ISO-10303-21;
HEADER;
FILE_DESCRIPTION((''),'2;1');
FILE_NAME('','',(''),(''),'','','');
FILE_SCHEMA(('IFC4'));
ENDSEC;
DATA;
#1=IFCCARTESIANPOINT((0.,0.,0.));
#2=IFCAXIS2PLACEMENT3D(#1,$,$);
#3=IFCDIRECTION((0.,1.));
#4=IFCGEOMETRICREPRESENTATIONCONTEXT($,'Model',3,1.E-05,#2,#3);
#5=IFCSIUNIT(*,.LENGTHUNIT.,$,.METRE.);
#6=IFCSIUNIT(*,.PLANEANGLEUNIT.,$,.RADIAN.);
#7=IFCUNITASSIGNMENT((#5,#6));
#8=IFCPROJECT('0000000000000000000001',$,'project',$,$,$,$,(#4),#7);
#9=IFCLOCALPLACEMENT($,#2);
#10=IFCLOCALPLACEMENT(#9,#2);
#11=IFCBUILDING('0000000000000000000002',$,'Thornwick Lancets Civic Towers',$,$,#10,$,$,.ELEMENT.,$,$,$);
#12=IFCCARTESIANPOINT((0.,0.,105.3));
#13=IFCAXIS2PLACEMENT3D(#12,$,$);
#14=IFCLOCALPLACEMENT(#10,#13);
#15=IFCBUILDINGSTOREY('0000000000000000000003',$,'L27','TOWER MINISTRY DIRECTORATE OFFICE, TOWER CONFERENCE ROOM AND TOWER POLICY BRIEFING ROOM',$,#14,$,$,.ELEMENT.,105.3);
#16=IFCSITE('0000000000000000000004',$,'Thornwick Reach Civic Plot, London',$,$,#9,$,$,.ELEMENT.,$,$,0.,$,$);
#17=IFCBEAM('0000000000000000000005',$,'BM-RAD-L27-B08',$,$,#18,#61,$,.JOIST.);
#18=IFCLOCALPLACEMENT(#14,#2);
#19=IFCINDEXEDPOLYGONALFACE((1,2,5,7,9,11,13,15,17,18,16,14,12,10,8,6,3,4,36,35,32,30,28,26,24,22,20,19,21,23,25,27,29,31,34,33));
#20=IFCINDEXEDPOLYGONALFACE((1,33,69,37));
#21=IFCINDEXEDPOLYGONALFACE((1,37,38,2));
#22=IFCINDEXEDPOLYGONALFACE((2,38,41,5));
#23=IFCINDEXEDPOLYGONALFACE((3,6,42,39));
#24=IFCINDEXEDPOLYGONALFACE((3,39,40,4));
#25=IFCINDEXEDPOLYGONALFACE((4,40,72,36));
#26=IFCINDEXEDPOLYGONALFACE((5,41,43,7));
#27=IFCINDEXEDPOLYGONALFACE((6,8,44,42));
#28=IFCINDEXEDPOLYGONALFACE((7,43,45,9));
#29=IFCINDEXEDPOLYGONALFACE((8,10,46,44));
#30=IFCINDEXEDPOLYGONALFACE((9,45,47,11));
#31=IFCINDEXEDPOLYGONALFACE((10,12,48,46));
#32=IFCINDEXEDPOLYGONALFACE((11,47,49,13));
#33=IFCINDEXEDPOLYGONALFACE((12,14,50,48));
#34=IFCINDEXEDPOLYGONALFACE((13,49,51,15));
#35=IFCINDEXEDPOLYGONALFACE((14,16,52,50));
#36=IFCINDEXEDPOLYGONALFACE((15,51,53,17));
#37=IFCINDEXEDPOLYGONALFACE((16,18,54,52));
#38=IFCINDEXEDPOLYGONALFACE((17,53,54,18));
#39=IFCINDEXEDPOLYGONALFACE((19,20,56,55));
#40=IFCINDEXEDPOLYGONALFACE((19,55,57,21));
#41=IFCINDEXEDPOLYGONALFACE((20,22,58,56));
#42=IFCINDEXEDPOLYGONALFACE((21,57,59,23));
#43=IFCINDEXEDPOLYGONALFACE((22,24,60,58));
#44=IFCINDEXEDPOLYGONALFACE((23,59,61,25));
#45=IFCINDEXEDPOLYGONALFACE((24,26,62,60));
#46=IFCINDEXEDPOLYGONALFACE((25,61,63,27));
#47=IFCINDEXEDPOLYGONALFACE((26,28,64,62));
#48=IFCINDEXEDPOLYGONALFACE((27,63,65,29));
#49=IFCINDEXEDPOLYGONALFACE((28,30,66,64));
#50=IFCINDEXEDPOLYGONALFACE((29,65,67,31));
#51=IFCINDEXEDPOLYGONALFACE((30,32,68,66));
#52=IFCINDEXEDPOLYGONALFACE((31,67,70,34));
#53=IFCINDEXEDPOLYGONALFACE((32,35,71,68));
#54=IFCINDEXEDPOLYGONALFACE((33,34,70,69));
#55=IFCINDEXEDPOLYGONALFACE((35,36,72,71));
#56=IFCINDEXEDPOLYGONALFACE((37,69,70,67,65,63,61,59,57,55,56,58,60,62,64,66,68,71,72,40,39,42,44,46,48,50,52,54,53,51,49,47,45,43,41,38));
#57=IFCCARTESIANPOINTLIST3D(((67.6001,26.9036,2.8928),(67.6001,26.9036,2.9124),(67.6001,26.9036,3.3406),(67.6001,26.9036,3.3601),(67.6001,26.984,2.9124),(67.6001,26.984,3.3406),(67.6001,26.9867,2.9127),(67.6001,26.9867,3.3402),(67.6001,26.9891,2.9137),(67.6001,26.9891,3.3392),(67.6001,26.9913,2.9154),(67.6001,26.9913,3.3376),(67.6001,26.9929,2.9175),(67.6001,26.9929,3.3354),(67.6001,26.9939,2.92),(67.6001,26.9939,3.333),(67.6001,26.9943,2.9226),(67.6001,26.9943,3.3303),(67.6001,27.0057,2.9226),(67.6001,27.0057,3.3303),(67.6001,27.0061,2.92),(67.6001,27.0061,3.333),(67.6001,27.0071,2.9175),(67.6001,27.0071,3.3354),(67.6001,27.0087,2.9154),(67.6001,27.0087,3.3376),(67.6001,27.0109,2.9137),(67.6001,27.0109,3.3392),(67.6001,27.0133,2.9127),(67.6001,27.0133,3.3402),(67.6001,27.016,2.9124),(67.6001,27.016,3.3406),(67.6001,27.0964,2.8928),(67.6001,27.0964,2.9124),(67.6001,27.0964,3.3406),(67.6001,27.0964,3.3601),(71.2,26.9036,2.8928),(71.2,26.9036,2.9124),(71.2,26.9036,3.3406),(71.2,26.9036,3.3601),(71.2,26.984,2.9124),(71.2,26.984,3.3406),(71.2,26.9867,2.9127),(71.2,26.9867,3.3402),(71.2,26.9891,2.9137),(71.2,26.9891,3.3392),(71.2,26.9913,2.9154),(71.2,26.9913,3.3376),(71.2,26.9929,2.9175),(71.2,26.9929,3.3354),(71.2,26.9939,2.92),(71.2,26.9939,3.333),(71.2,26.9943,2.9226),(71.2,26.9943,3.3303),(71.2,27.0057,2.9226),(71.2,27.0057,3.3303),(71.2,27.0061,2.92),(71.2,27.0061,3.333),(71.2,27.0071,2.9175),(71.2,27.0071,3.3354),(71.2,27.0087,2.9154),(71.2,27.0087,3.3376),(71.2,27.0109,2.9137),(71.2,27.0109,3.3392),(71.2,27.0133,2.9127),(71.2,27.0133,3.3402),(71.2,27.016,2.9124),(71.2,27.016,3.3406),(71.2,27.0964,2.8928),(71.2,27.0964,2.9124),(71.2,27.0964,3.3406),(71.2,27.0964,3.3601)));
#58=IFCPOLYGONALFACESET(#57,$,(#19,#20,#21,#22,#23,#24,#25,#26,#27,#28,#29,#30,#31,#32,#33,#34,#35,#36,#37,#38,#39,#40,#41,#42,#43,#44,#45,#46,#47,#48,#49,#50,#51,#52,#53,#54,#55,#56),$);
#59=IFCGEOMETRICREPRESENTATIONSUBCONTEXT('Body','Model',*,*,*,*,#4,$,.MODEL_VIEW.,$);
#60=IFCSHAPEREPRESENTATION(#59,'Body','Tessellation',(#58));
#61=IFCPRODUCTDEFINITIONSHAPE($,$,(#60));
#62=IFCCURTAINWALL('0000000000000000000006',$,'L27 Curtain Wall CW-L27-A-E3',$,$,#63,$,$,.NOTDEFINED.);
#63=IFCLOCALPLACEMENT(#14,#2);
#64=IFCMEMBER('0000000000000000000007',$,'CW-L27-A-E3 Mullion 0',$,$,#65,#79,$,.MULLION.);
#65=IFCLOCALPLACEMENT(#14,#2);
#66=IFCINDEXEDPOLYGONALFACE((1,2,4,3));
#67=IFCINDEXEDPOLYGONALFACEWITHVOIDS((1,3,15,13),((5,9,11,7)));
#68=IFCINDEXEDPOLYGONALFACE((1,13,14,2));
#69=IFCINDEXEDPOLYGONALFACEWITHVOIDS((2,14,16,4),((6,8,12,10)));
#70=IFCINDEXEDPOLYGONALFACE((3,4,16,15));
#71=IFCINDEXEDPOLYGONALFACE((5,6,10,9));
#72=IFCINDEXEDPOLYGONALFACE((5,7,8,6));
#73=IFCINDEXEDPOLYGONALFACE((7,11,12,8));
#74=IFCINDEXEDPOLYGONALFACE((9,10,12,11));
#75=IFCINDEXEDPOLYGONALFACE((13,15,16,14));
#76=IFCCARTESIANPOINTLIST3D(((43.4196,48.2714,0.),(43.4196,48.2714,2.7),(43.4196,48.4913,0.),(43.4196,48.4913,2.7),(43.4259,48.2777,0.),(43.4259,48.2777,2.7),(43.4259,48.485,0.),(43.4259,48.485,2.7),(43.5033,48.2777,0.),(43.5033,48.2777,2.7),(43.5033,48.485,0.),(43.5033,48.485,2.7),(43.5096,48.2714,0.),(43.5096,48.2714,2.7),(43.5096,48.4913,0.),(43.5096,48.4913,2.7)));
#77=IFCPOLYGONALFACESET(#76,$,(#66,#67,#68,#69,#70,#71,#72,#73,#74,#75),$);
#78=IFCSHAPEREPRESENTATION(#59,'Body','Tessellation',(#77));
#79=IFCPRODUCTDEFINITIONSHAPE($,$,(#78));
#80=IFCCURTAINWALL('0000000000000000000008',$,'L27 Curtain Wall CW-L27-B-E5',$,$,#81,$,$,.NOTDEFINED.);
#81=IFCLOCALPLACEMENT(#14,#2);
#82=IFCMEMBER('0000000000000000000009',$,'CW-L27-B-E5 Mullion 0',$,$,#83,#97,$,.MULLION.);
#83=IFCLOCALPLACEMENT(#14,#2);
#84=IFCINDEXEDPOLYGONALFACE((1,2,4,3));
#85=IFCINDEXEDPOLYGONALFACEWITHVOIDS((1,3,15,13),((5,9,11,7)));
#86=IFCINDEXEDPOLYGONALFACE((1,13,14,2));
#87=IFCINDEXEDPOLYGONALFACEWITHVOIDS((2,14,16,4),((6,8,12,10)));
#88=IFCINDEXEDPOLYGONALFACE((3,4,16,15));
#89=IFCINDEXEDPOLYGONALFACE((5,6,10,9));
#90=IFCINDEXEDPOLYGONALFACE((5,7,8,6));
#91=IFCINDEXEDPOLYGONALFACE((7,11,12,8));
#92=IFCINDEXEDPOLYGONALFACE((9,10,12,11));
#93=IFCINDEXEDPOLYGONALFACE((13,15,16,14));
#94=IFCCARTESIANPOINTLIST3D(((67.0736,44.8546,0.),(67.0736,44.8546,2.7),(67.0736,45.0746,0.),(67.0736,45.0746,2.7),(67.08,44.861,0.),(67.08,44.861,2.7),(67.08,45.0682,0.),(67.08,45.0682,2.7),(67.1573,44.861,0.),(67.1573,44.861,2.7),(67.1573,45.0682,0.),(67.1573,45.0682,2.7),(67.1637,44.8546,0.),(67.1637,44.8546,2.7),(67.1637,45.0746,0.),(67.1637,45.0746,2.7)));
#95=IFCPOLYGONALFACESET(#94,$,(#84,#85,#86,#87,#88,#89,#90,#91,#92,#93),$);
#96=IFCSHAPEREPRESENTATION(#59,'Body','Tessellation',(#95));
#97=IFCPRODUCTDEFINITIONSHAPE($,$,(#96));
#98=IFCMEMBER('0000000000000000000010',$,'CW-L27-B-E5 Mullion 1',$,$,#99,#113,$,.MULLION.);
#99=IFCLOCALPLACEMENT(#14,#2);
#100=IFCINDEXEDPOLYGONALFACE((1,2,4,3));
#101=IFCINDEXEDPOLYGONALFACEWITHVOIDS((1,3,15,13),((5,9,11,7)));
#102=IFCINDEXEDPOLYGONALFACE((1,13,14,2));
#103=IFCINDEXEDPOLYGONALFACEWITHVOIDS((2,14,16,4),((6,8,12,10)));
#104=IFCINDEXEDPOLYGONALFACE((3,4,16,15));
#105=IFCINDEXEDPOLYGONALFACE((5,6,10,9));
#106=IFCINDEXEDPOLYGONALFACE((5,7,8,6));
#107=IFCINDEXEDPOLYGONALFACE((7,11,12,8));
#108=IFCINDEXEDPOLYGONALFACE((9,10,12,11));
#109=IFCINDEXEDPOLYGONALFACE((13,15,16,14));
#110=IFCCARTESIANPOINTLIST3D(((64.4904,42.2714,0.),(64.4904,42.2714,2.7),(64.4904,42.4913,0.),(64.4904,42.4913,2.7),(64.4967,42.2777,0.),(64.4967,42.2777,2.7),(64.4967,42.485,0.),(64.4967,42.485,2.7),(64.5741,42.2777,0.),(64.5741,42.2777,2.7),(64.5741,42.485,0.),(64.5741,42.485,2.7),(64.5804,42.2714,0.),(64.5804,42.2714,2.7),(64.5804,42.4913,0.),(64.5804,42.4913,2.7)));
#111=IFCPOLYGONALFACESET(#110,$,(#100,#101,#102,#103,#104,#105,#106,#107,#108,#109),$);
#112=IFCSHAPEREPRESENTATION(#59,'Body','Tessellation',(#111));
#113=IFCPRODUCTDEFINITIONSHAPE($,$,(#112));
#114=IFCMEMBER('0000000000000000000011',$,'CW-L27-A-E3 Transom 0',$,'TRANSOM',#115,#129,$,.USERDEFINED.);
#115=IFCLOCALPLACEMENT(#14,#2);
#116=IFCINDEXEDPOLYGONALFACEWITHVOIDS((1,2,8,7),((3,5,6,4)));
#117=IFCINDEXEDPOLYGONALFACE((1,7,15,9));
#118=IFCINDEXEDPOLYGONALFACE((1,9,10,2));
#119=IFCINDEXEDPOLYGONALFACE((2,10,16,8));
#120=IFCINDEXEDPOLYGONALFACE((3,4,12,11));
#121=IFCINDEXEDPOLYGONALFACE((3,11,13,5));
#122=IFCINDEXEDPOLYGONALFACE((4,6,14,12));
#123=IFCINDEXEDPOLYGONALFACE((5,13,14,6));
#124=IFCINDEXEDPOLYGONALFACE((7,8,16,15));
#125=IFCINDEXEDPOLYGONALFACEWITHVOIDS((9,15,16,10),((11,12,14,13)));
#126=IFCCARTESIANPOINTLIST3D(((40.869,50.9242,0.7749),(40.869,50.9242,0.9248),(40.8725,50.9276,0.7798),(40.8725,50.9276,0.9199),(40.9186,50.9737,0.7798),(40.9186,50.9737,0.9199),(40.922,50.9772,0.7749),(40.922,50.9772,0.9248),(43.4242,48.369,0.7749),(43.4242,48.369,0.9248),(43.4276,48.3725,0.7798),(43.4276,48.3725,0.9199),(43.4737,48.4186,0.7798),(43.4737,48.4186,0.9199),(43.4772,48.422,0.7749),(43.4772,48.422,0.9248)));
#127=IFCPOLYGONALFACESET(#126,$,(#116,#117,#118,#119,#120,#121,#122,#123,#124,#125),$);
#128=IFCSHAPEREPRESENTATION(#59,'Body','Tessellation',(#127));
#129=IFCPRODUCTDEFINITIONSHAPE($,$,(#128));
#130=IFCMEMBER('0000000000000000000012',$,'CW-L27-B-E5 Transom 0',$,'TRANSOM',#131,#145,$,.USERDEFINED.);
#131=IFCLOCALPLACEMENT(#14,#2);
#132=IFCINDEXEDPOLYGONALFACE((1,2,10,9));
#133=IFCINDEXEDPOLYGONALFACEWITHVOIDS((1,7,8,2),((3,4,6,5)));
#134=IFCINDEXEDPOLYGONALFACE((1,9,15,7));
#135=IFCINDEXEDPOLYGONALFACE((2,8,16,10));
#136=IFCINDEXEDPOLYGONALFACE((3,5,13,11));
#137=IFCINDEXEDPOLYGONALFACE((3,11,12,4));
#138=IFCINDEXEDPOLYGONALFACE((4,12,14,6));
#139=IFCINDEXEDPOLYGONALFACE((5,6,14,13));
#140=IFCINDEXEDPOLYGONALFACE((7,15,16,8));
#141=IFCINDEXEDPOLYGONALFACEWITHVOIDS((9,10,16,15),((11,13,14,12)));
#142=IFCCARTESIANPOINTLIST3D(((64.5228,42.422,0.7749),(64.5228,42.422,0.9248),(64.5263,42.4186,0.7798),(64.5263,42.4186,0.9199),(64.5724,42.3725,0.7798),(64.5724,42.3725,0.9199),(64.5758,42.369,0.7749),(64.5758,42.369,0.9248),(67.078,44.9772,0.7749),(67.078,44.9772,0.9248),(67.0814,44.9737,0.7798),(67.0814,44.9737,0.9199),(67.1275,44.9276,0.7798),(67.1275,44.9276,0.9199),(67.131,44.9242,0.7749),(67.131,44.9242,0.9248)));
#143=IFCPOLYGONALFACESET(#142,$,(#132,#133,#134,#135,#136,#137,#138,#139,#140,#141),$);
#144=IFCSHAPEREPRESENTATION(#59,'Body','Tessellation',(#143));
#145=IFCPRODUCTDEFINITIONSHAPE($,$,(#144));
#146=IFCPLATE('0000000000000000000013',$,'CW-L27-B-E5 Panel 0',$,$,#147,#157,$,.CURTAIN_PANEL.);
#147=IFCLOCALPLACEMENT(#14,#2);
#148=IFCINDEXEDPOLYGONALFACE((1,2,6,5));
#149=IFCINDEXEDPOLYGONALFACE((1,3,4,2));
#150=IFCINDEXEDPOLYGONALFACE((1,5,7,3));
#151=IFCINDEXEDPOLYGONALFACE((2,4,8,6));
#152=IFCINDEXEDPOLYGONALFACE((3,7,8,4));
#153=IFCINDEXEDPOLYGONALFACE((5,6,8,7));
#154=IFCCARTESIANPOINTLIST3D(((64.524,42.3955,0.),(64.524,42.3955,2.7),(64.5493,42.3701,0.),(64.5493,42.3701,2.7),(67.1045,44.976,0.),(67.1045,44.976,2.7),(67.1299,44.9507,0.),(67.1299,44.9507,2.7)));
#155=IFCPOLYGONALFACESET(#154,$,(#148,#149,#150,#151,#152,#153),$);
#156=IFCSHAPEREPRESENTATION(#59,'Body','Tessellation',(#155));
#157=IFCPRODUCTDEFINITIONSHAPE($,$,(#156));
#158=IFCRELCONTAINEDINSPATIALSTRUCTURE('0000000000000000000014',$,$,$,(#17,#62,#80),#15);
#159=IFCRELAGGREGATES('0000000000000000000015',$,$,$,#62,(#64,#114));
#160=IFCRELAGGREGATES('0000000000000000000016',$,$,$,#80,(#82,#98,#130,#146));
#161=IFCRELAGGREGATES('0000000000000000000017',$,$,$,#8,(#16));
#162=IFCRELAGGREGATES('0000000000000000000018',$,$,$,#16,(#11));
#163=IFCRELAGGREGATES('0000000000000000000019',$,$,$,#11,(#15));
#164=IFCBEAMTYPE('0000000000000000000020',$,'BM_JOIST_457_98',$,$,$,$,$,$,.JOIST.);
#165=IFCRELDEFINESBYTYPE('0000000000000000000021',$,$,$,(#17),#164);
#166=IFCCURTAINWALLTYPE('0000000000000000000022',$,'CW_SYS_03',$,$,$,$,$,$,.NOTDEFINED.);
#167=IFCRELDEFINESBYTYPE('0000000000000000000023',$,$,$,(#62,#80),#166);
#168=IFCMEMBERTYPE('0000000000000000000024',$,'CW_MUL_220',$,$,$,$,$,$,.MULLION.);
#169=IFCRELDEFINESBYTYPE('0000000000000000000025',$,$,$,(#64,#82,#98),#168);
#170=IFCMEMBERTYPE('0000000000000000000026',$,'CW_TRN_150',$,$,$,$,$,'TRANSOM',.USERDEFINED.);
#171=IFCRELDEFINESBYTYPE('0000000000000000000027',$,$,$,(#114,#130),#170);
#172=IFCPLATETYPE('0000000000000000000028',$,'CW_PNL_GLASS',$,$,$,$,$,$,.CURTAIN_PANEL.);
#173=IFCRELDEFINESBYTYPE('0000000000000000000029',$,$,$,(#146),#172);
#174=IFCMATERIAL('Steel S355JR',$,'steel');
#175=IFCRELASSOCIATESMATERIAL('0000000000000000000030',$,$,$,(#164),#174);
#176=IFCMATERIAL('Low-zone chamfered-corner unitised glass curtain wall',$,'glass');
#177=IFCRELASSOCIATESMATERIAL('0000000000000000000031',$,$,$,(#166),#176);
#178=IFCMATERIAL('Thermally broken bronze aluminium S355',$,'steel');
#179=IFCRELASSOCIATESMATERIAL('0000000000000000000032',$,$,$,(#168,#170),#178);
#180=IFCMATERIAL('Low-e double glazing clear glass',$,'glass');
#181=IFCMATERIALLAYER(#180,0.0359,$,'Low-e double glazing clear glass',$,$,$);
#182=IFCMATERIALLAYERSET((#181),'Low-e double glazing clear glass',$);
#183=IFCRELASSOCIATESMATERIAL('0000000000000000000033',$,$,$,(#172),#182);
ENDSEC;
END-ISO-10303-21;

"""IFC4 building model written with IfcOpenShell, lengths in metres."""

from ifc_helpers import new_model, si_unit, direction, frame, origin, origin_2d, place, context, subcontext, project, spatial, rectangle, hollow_rectangle, i_section, extrude, material, layer, layer_set, material_profile, profile_set, type_object, element, aggregate, save


model = new_model("IFC4")

# Units and contexts
model_context = context("Model", 3, precision=1e-05, world=origin(), true_north=direction((0.0, 1.0)))
body_context = subcontext(model_context, "Body", "Model", "MODEL_VIEW")
ifc_project = project(units=[si_unit("LENGTHUNIT", "METRE"), si_unit("PLANEANGLEUNIT", "RADIAN")], contexts=[model_context])

# Site, building, storey
site_placement = place(None, origin())
site = spatial("IfcSite", under=ifc_project, at=site_placement, Name="Thornwick Reach Civic Plot, London", CompositionType="ELEMENT", RefElevation=0.0)
building_placement = place(site_placement, origin())
building = spatial("IfcBuilding", under=site, at=building_placement, Name="Thornwick Lancets Civic Towers", CompositionType="ELEMENT")
storey_placement = place(building_placement, frame((0.0, 0.0, 105.3)))
storey = spatial("IfcBuildingStorey", under=building, at=storey_placement, Name="L27", Description="TOWER MINISTRY DIRECTORATE OFFICE, TOWER CONFERENCE ROOM AND TOWER POLICY BRIEFING ROOM", CompositionType="ELEMENT", Elevation=105.3)

# Beam
ifc_material_1 = material(Name="Steel S355JR", Category="steel")
ifc_material_profile_1 = material_profile(ifc_material_1, i_section(OverallWidth=0.1929, OverallDepth=0.4673, WebThickness=0.0115, FlangeThickness=0.0195, FilletRadius=0.0103, at=origin_2d()), Name="UKB 457x191x98")
ifc_profile_set_1 = profile_set([ifc_material_profile_1], Name="Steel S355JR")
beam_type_1 = type_object("IfcBeamType", Name="BM_JOIST_457_98", PredefinedType="JOIST", material=ifc_profile_set_1)
beam_1_placement = place(storey_placement, frame((71.2, 27.0, 3.1265), z_axis=(-1.0, 0.0, 0.0), x_axis=(0.0, -1.0, 0.0)))
element("IfcBeam", 1, at=beam_1_placement, inside=storey, type_object=beam_type_1, Name="BM-RAD-L27-B08", PredefinedType="JOIST", context=body_context, shape_type="SweptSolid", body=[
    extrude(i_section(OverallWidth=0.1929, OverallDepth=0.4673, WebThickness=0.0115, FlangeThickness=0.0195, FilletRadius=0.0103, at=origin_2d()), origin(), (0.0, 0.0, 1.0), 3.5999),
])

# Curtain wall, member
ifc_material_2 = material(Name="Low-zone chamfered-corner unitised glass curtain wall", Category="glass")
curtain_wall_type = type_object("IfcCurtainWallType", Name="CW_SYS_03", PredefinedType="NOTDEFINED", material=ifc_material_2)
curtain_wall_1_placement = place(storey_placement, origin())
curtain_wall_1 = element("IfcCurtainWall", 2, at=curtain_wall_1_placement, inside=storey, type_object=curtain_wall_type, Name="L27 Curtain Wall CW-L27-A-E3", PredefinedType="NOTDEFINED")
ifc_material_3 = material(Name="Thermally broken bronze aluminium S355", Category="steel")
ifc_material_profile_2 = material_profile(ifc_material_3, hollow_rectangle(XDim=0.0901, YDim=0.22, WallThickness=0.0063, at=origin_2d()), Name="RHS 220x90x6.3")
ifc_profile_set_2 = profile_set([ifc_material_profile_2], Name="Thermally broken bronze aluminium S355")
member_type_1 = type_object("IfcMemberType", Name="CW_MUL_220", PredefinedType="MULLION", material=ifc_profile_set_2)
member_1_placement = place(storey_placement, frame((43.4646, 48.3813, 0.0), z_axis=(0.0, 0.0, 1.0), x_axis=(1.0, 0.0, 0.0)))
member_1 = element("IfcMember", 3, at=member_1_placement, type_object=member_type_1, Name="CW-L27-A-E3 Mullion 0", PredefinedType="MULLION", context=body_context, shape_type="SweptSolid", body=[
    extrude(hollow_rectangle(XDim=0.0901, YDim=0.22, WallThickness=0.0063, at=origin_2d()), origin(), (0.0, 0.0, 1.0), 2.7),
])

# Curtain wall, members
curtain_wall_2_placement = place(storey_placement, origin())
curtain_wall_2 = element("IfcCurtainWall", 4, at=curtain_wall_2_placement, inside=storey, type_object=curtain_wall_type, Name="L27 Curtain Wall CW-L27-B-E5", PredefinedType="NOTDEFINED")
member_2_placement = place(storey_placement, frame((67.1187, 44.9646, 0.0), z_axis=(0.0, 0.0, 1.0), x_axis=(1.0, 0.0, 0.0)))
member_2 = element("IfcMember", 5, at=member_2_placement, type_object=member_type_1, Name="CW-L27-B-E5 Mullion 0", PredefinedType="MULLION", context=body_context, shape_type="SweptSolid", body=[
    extrude(hollow_rectangle(XDim=0.0901, YDim=0.22, WallThickness=0.0063, at=origin_2d()), origin(), (0.0, 0.0, 1.0), 2.7),
])
member_3_placement = place(storey_placement, frame((64.5354, 42.3813, 0.0), z_axis=(0.0, 0.0, 1.0), x_axis=(1.0, 0.0, 0.0)))
member_3 = element("IfcMember", 6, at=member_3_placement, type_object=member_type_1, Name="CW-L27-B-E5 Mullion 1", PredefinedType="MULLION", context=body_context, shape_type="SweptSolid", body=[
    extrude(hollow_rectangle(XDim=0.0901, YDim=0.22, WallThickness=0.0063, at=origin_2d()), origin(), (0.0, 0.0, 1.0), 2.7),
])

# Members
ifc_material_profile_3 = material_profile(ifc_material_3, hollow_rectangle(XDim=0.075, YDim=0.1499, WallThickness=0.0049, at=origin_2d()), Name="RHS 150x75x5")
ifc_profile_set_3 = profile_set([ifc_material_profile_3], Name="Thermally broken bronze aluminium S355")
member_type_2 = type_object("IfcMemberType", Name="CW_TRN_150", ElementType="TRANSOM", PredefinedType="USERDEFINED", material=ifc_profile_set_3)
member_4_placement = place(storey_placement, frame((43.4507, 48.3955, 0.8499), z_axis=(-0.707107, 0.707107, 0.0), x_axis=(-0.707107, -0.707107, 0.0)))
member_4 = element("IfcMember", 7, at=member_4_placement, type_object=member_type_2, Name="CW-L27-A-E3 Transom 0", ObjectType="TRANSOM", PredefinedType="USERDEFINED", context=body_context, shape_type="SweptSolid", body=[
    extrude(hollow_rectangle(XDim=0.075, YDim=0.1499, WallThickness=0.0049, at=origin_2d()), origin(), (0.0, 0.0, 1.0), 3.6135),
])
aggregate(curtain_wall_1, [member_1, member_4])
member_5_placement = place(storey_placement, frame((67.1045, 44.9507, 0.8499), z_axis=(-0.707107, -0.707107, 0.0), x_axis=(0.707107, -0.707107, 0.0)))
member_5 = element("IfcMember", 8, at=member_5_placement, type_object=member_type_2, Name="CW-L27-B-E5 Transom 0", ObjectType="TRANSOM", PredefinedType="USERDEFINED", context=body_context, shape_type="SweptSolid", body=[
    extrude(hollow_rectangle(XDim=0.075, YDim=0.1499, WallThickness=0.0049, at=origin_2d()), origin(), (0.0, 0.0, 1.0), 3.6135),
])

# Plate
ifc_material_4 = material(Name="Low-e double glazing clear glass", Category="glass")
ifc_layer_1 = layer(ifc_material_4, 0.0359, Name="Low-e double glazing clear glass")
ifc_layer_set_1 = layer_set([ifc_layer_1], Name="Low-e double glazing clear glass")
plate_type = type_object("IfcPlateType", Name="CW_PNL_GLASS", PredefinedType="CURTAIN_PANEL", material=ifc_layer_set_1)
plate_placement = place(storey_placement, frame((65.8269, 43.6731, 0.0), z_axis=(0.0, 0.0, 1.0), x_axis=(-0.707107, -0.707107, 0.0)))
plate = element("IfcPlate", 9, at=plate_placement, type_object=plate_type, Name="CW-L27-B-E5 Panel 0", PredefinedType="CURTAIN_PANEL", context=body_context, shape_type="SweptSolid", body=[
    extrude(rectangle(XDim=3.6494, YDim=0.0359, at=origin_2d()), origin(), (0.0, 0.0, 1.0), 2.7),
])
aggregate(curtain_wall_2, [member_2, member_3, member_5, plate])

save(model, "model.ifc")
